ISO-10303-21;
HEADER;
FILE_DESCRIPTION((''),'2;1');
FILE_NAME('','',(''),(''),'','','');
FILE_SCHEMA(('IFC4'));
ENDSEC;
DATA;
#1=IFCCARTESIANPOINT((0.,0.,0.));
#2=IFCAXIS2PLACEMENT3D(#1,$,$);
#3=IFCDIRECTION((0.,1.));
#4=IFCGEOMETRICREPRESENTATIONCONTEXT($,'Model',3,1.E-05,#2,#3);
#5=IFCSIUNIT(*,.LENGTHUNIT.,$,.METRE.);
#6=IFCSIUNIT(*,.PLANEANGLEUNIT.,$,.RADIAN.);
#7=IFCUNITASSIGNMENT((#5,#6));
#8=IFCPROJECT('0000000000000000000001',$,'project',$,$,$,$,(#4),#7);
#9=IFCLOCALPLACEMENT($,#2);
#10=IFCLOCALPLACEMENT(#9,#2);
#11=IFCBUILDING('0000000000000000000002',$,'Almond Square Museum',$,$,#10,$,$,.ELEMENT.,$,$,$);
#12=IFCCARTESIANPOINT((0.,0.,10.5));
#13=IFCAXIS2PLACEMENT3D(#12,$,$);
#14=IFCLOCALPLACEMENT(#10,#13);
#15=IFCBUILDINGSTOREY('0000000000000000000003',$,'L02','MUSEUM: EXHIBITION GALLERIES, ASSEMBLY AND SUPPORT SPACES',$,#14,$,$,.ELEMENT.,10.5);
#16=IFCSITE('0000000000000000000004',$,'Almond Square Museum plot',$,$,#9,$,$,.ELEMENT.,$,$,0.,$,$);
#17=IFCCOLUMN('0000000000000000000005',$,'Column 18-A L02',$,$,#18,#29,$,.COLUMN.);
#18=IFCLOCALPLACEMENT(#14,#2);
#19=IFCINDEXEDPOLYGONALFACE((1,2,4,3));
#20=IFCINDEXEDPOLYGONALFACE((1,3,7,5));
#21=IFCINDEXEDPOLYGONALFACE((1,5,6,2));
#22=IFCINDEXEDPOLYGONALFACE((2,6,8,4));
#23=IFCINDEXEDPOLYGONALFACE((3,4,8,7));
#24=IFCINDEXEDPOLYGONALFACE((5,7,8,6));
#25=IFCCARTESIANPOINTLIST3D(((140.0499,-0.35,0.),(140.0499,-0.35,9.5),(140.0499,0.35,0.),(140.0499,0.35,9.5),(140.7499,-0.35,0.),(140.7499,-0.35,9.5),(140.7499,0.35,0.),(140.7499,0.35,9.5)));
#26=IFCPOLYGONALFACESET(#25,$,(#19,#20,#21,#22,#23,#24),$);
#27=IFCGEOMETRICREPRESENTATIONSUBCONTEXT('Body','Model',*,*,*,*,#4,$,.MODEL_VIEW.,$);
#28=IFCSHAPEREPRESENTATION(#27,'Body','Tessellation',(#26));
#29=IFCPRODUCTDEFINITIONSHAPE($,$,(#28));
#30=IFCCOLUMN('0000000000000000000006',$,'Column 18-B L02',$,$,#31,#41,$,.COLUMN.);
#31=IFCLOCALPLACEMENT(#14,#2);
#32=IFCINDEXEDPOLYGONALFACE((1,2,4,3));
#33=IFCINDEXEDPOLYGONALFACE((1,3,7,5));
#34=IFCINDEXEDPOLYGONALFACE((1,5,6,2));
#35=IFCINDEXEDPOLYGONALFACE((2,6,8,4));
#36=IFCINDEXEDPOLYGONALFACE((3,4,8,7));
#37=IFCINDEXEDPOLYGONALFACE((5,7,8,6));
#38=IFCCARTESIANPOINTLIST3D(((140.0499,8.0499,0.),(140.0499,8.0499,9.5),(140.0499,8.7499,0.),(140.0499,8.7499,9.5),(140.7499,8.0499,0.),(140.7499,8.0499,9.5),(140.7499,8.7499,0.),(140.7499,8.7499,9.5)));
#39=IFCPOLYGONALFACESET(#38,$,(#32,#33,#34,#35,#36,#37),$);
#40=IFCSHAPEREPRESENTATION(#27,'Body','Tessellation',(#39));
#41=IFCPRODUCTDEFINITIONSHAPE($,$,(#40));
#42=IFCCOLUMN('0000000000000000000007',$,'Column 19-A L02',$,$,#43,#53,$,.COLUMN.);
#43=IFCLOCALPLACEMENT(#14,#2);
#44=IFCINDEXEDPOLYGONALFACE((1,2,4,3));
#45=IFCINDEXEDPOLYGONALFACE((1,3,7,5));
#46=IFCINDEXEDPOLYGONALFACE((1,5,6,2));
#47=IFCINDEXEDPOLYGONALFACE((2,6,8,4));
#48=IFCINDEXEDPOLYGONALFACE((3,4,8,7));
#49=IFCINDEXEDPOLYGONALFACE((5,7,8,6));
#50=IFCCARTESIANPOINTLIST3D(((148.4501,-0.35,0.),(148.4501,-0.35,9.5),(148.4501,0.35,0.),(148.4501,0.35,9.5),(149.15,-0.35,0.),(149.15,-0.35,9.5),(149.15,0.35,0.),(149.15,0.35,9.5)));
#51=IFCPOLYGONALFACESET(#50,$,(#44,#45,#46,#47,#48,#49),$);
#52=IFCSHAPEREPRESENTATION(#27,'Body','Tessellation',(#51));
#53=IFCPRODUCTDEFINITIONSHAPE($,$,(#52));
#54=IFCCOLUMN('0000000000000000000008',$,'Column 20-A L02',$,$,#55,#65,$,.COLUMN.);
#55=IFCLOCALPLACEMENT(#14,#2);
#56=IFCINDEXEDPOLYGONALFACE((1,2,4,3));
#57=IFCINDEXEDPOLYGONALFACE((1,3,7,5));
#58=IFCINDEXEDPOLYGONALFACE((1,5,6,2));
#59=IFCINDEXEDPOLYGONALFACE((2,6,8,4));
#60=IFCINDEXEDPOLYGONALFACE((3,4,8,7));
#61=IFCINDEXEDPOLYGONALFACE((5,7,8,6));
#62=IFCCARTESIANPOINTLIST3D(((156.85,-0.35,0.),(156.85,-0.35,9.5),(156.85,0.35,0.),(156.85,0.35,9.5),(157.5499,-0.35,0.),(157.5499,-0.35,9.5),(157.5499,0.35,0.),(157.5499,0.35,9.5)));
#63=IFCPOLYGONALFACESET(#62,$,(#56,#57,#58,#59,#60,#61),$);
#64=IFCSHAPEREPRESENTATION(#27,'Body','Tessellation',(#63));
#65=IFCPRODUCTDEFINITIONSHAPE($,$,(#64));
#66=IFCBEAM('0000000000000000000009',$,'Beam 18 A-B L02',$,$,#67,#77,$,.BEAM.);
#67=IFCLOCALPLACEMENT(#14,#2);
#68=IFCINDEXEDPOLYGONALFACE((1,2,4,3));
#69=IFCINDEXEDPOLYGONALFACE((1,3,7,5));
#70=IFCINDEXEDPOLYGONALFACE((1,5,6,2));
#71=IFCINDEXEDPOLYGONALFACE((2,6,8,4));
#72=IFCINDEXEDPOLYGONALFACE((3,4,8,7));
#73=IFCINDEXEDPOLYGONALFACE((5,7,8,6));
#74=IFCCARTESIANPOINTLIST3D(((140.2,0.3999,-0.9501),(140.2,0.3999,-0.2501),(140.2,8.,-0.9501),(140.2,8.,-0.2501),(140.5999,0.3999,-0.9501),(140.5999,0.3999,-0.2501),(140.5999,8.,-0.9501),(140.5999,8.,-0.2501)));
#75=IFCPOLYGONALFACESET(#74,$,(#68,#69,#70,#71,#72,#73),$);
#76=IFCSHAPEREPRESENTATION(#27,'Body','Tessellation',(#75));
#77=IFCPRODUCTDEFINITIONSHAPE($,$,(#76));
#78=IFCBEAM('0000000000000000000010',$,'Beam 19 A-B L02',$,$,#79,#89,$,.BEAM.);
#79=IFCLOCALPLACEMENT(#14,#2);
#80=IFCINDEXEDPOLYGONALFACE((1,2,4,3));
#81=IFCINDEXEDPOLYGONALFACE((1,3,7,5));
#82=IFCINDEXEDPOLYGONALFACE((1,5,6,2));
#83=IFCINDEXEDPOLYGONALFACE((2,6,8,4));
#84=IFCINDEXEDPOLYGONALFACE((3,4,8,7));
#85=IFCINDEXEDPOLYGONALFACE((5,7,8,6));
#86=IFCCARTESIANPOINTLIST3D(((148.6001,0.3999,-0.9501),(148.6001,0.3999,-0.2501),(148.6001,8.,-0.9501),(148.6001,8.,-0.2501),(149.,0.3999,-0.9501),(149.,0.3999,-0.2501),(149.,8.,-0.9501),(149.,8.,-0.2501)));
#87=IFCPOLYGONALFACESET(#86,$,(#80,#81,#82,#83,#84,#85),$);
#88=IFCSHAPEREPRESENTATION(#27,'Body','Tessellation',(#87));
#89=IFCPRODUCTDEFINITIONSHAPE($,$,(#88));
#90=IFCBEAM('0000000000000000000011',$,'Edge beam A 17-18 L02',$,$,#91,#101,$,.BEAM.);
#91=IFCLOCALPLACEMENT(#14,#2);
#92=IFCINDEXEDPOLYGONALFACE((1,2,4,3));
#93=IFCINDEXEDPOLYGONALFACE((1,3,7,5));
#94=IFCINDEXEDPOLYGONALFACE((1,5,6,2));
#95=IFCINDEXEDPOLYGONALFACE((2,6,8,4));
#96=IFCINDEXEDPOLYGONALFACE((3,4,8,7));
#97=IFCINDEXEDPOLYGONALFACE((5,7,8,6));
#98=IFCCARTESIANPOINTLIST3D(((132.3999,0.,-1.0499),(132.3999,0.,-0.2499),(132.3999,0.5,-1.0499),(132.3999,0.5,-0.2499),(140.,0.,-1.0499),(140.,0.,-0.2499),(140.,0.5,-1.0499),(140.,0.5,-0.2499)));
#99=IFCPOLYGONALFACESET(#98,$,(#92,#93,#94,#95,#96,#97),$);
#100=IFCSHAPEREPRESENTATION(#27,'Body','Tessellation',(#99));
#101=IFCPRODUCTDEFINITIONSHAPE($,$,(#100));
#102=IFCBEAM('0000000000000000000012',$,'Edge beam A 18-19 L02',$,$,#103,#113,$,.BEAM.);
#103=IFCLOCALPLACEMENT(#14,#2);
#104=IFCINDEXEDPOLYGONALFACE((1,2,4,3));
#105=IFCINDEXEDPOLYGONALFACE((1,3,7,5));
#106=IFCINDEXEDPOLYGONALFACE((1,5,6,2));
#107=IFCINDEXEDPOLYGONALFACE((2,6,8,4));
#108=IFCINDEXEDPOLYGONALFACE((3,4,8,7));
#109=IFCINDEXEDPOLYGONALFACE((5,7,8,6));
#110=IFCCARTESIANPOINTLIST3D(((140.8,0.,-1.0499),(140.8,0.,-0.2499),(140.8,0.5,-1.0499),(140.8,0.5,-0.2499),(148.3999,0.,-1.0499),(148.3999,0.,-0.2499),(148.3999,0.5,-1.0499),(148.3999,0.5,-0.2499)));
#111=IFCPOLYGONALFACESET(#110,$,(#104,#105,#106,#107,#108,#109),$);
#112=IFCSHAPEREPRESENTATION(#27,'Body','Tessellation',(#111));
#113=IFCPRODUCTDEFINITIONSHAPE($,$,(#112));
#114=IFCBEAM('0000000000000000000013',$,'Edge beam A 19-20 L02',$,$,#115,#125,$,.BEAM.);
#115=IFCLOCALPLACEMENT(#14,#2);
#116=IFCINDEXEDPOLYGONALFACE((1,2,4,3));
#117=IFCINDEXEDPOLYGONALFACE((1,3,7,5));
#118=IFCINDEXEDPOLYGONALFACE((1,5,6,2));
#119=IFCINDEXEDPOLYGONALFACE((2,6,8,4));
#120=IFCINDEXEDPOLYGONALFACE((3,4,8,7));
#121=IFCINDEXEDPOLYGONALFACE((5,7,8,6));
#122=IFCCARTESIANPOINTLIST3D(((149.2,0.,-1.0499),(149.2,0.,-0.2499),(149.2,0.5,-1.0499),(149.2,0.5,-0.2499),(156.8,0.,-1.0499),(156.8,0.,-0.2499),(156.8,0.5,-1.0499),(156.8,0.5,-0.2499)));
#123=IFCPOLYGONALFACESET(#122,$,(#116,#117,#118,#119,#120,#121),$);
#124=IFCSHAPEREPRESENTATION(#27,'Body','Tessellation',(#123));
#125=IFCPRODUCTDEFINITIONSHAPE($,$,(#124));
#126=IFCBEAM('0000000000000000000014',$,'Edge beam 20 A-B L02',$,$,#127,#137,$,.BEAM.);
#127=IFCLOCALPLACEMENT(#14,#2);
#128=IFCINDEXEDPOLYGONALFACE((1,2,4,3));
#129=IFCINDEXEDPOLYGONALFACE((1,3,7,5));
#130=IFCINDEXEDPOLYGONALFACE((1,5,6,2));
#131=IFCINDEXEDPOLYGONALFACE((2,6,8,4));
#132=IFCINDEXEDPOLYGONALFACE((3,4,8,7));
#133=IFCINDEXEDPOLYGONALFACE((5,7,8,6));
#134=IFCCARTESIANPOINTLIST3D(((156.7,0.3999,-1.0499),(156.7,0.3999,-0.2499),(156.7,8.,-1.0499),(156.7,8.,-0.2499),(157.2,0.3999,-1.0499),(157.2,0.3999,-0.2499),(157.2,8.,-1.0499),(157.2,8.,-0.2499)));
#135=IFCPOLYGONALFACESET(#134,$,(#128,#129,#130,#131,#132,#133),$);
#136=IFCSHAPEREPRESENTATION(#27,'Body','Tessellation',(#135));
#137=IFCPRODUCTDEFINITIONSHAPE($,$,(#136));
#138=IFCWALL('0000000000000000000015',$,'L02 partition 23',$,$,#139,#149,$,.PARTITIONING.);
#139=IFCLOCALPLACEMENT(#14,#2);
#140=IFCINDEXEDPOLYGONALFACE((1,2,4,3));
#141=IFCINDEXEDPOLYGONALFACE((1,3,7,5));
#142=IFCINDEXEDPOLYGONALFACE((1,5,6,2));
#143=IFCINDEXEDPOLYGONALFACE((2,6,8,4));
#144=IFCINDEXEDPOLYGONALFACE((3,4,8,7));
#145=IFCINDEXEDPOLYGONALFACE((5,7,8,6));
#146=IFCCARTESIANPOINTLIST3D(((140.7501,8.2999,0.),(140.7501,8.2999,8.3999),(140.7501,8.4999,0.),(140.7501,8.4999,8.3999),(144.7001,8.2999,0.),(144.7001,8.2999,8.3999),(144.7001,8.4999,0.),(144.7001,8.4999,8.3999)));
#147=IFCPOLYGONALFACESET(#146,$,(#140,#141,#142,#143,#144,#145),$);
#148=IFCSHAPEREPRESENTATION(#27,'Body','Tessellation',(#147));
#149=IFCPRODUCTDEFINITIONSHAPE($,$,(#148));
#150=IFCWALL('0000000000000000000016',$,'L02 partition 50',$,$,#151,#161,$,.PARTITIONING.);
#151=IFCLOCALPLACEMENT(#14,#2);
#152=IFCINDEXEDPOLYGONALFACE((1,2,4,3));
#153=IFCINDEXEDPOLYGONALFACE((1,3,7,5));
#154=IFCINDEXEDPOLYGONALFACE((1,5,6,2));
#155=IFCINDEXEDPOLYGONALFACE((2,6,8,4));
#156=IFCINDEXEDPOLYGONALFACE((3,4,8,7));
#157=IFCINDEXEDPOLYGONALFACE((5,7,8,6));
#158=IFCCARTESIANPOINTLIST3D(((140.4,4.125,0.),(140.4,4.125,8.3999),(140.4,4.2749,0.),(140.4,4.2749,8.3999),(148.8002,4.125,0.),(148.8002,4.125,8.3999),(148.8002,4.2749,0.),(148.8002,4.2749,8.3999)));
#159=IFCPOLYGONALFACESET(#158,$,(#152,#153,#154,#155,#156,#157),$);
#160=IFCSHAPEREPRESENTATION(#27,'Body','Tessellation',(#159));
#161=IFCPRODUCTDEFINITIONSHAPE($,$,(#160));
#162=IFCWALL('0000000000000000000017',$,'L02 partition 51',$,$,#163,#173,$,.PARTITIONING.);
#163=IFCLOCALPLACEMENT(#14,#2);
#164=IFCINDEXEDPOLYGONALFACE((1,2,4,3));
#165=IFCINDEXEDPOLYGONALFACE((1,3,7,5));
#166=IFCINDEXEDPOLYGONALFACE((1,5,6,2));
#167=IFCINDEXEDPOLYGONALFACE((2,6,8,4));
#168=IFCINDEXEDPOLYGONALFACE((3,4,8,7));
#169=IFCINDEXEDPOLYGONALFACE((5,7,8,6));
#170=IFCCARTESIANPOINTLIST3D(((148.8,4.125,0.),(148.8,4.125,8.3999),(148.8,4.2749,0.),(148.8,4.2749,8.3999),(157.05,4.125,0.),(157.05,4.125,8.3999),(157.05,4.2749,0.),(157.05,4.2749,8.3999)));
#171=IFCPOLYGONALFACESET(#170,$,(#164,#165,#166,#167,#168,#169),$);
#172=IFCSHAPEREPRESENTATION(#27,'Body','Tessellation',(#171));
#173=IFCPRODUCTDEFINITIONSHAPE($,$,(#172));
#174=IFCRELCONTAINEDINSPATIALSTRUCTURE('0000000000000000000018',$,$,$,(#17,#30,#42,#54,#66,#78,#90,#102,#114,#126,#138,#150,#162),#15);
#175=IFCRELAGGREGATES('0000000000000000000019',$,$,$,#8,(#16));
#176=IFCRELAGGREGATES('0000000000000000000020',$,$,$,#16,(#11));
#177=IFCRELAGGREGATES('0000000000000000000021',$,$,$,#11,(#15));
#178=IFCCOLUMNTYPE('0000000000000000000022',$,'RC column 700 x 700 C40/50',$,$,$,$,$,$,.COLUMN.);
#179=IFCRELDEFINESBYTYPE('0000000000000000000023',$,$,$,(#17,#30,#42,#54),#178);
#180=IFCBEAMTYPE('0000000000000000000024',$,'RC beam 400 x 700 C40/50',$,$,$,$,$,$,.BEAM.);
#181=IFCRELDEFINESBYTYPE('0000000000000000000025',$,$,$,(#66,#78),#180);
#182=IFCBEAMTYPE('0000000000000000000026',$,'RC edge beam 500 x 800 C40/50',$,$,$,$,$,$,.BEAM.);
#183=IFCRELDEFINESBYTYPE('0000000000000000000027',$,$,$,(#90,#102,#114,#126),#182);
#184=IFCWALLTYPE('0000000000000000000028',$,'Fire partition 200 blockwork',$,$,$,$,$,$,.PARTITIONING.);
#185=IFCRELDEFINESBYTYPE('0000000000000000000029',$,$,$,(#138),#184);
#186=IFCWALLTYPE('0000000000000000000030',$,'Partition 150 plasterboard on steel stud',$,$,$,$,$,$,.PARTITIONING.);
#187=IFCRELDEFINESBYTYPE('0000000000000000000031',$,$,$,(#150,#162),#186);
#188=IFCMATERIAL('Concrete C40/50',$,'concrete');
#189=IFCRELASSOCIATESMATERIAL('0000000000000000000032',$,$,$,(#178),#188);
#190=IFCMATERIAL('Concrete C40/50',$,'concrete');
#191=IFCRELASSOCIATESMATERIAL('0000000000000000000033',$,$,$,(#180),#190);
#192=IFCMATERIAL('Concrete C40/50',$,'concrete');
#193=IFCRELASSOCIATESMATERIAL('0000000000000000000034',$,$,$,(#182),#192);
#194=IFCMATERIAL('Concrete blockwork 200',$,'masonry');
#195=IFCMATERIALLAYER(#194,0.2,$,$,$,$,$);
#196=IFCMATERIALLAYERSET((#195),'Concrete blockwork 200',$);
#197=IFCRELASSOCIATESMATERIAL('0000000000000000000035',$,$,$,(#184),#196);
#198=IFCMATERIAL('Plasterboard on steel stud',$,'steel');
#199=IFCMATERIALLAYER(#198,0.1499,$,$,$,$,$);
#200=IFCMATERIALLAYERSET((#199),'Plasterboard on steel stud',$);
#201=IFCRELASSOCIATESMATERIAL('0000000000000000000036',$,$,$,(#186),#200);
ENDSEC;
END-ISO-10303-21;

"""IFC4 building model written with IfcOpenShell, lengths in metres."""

from ifc_helpers import new_model, si_unit, direction, frame, frame_2d, origin, origin_2d, place, context, subcontext, project, spatial, rectangle, extrude, material, layer, layer_set, material_profile, profile_set, type_object, element, save


model = new_model("IFC4")

# Units and contexts
model_context = context("Model", 3, precision=1e-05, world=origin(), true_north=direction((0.0, 1.0)))
body_context = subcontext(model_context, "Body", "Model", "MODEL_VIEW")
ifc_project = project(units=[si_unit("LENGTHUNIT", "METRE"), si_unit("PLANEANGLEUNIT", "RADIAN")], contexts=[model_context])

# Site, building, storey
site_placement = place(None, origin())
site = spatial("IfcSite", under=ifc_project, at=site_placement, Name="Almond Square Museum plot", CompositionType="ELEMENT", RefElevation=0.0)
building_placement = place(site_placement, origin())
building = spatial("IfcBuilding", under=site, at=building_placement, Name="Almond Square Museum", CompositionType="ELEMENT")
storey_placement = place(building_placement, frame((0.0, 0.0, 10.5)))
storey = spatial("IfcBuildingStorey", under=building, at=storey_placement, Name="L02", Description="MUSEUM: EXHIBITION GALLERIES, ASSEMBLY AND SUPPORT SPACES", CompositionType="ELEMENT", Elevation=10.5)

# Columns
ifc_material_1 = material(Name="Concrete C40/50", Category="concrete")
ifc_material_profile_1 = material_profile(ifc_material_1, rectangle(XDim=0.7, YDim=0.7, at=origin_2d()))
ifc_profile_set_1 = profile_set([ifc_material_profile_1], Name="Concrete C40/50")
column_type = type_object("IfcColumnType", Name="RC column 700 x 700 C40/50", PredefinedType="COLUMN", material=ifc_profile_set_1)
for number, where, z_axis, x_axis, name in (
    (1, (140.3999, 0.0, 0.0), (0.0, 0.0, 1.0), (1.0, 0.0, 0.0), "Column 18-A L02"),
    (2, (140.3999, 8.3999, 0.0), (0.0, 0.0, 1.0), (1.0, 0.0, 0.0), "Column 18-B L02"),
    (3, (148.8, 0.0, 0.0), (0.0, 0.0, 1.0), (1.0, 0.0, 0.0), "Column 19-A L02"),
    (4, (157.2, 0.0, 0.0), (0.0, 0.0, 1.0), (1.0, 0.0, 0.0), "Column 20-A L02"),
):
    element("IfcColumn", number, at=place(storey_placement, frame(where, z_axis=z_axis, x_axis=x_axis)), inside=storey, type_object=column_type, Name=name, PredefinedType="COLUMN", context=body_context, shape_type="SweptSolid", body=[
        extrude(rectangle(XDim=0.7, YDim=0.7, at=origin_2d()), origin(), (0.0, 0.0, 1.0), 9.5),
    ])

# Beams
ifc_material_2 = material(Name="Concrete C40/50", Category="concrete")
ifc_material_profile_2 = material_profile(ifc_material_2, rectangle(XDim=0.3999, YDim=0.7, at=origin_2d()))
ifc_profile_set_2 = profile_set([ifc_material_profile_2], Name="Concrete C40/50")
beam_type_1 = type_object("IfcBeamType", Name="RC beam 400 x 700 C40/50", PredefinedType="BEAM", material=ifc_profile_set_2)
for number, where, z_axis, x_axis, name in (
    (5, (140.3999, 0.3999, -0.6001), (0.0, 1.0, 0.0), (-1.0, 0.0, 0.0), "Beam 18 A-B L02"),
    (6, (148.8, 0.3999, -0.6001), (0.0, 1.0, 0.0), (-1.0, 0.0, 0.0), "Beam 19 A-B L02"),
):
    element("IfcBeam", number, at=place(storey_placement, frame(where, z_axis=z_axis, x_axis=x_axis)), inside=storey, type_object=beam_type_1, Name=name, PredefinedType="BEAM", context=body_context, shape_type="SweptSolid", body=[
        extrude(rectangle(XDim=0.3999, YDim=0.7, at=origin_2d()), origin(), (0.0, 0.0, 1.0), 7.6001),
    ])
ifc_material_3 = material(Name="Concrete C40/50", Category="concrete")
ifc_material_profile_3 = material_profile(ifc_material_3, rectangle(XDim=0.5, YDim=0.8, at=origin_2d()))
ifc_profile_set_3 = profile_set([ifc_material_profile_3], Name="Concrete C40/50")
beam_type_2 = type_object("IfcBeamType", Name="RC edge beam 500 x 800 C40/50", PredefinedType="BEAM", material=ifc_profile_set_3)
beam_1_placement = place(storey_placement, frame((132.3999, 0.25, -0.6499), z_axis=(1.0, 0.0, 0.0), x_axis=(0.0, 1.0, 0.0)))
element("IfcBeam", 7, at=beam_1_placement, inside=storey, type_object=beam_type_2, Name="Edge beam A 17-18 L02", PredefinedType="BEAM", context=body_context, shape_type="SweptSolid", body=[
    extrude(rectangle(XDim=0.5, YDim=0.8, at=origin_2d()), origin(), (0.0, 0.0, 1.0), 7.6001),
])
beam_2_placement = place(storey_placement, frame((140.8, 0.25, -0.6499), z_axis=(1.0, 0.0, 0.0), x_axis=(0.0, 1.0, 0.0)))
element("IfcBeam", 8, at=beam_2_placement, inside=storey, type_object=beam_type_2, Name="Edge beam A 18-19 L02", PredefinedType="BEAM", context=body_context, shape_type="SweptSolid", body=[
    extrude(rectangle(XDim=0.5, YDim=0.8, at=origin_2d()), origin(), (0.0, 0.0, 1.0), 7.5999),
])
for number, where, z_axis, x_axis, name in (
    (9, (149.2, 0.25, -0.6499), (1.0, 0.0, 0.0), (0.0, 1.0, 0.0), "Edge beam A 19-20 L02"),
    (10, (156.95, 0.3999, -0.6499), (0.0, 1.0, 0.0), (-1.0, 0.0, 0.0), "Edge beam 20 A-B L02"),
):
    element("IfcBeam", number, at=place(storey_placement, frame(where, z_axis=z_axis, x_axis=x_axis)), inside=storey, type_object=beam_type_2, Name=name, PredefinedType="BEAM", context=body_context, shape_type="SweptSolid", body=[
        extrude(rectangle(XDim=0.5, YDim=0.8, at=origin_2d()), origin(), (0.0, 0.0, 1.0), 7.6001),
    ])

# Walls
ifc_material_4 = material(Name="Concrete blockwork 200", Category="masonry")
ifc_layer_1 = layer(ifc_material_4, 0.2)
ifc_layer_set_1 = layer_set([ifc_layer_1], Name="Concrete blockwork 200")
wall_type_1 = type_object("IfcWallType", Name="Fire partition 200 blockwork", PredefinedType="PARTITIONING", material=ifc_layer_set_1)
wall_1_placement = place(storey_placement, frame((140.75, 8.3999, 0.0), z_axis=(0.0, 0.0, 1.0), x_axis=(1.0, 0.0, 0.0)))
element("IfcWall", 11, at=wall_1_placement, inside=storey, type_object=wall_type_1, Name="L02 partition 23", PredefinedType="PARTITIONING", context=body_context, shape_type="SweptSolid", body=[
    extrude(rectangle(XDim=3.95, YDim=0.2, at=frame_2d((1.9751, 0.0))), origin(), (0.0, 0.0, 1.0), 8.3999),
])
ifc_material_5 = material(Name="Plasterboard on steel stud", Category="steel")
ifc_layer_2 = layer(ifc_material_5, 0.1499)
ifc_layer_set_2 = layer_set([ifc_layer_2], Name="Plasterboard on steel stud")
wall_type_2 = type_object("IfcWallType", Name="Partition 150 plasterboard on steel stud", PredefinedType="PARTITIONING", material=ifc_layer_set_2)
wall_2_placement = place(storey_placement, frame((140.3999, 4.2, 0.0), z_axis=(0.0, 0.0, 1.0), x_axis=(1.0, 0.0, 0.0)))
element("IfcWall", 12, at=wall_2_placement, inside=storey, type_object=wall_type_2, Name="L02 partition 50", PredefinedType="PARTITIONING", context=body_context, shape_type="SweptSolid", body=[
    extrude(rectangle(XDim=8.4001, YDim=0.1499, at=frame_2d((4.2002, 0.0))), origin(), (0.0, 0.0, 1.0), 8.3999),
])
wall_3_placement = place(storey_placement, frame((148.8, 4.2, 0.0), z_axis=(0.0, 0.0, 1.0), x_axis=(1.0, 0.0, 0.0)))
element("IfcWall", 13, at=wall_3_placement, inside=storey, type_object=wall_type_2, Name="L02 partition 51", PredefinedType="PARTITIONING", context=body_context, shape_type="SweptSolid", body=[
    extrude(rectangle(XDim=8.25, YDim=0.1499, at=frame_2d((4.125, 0.0))), origin(), (0.0, 0.0, 1.0), 8.3999),
])

save(model, "model.ifc")
